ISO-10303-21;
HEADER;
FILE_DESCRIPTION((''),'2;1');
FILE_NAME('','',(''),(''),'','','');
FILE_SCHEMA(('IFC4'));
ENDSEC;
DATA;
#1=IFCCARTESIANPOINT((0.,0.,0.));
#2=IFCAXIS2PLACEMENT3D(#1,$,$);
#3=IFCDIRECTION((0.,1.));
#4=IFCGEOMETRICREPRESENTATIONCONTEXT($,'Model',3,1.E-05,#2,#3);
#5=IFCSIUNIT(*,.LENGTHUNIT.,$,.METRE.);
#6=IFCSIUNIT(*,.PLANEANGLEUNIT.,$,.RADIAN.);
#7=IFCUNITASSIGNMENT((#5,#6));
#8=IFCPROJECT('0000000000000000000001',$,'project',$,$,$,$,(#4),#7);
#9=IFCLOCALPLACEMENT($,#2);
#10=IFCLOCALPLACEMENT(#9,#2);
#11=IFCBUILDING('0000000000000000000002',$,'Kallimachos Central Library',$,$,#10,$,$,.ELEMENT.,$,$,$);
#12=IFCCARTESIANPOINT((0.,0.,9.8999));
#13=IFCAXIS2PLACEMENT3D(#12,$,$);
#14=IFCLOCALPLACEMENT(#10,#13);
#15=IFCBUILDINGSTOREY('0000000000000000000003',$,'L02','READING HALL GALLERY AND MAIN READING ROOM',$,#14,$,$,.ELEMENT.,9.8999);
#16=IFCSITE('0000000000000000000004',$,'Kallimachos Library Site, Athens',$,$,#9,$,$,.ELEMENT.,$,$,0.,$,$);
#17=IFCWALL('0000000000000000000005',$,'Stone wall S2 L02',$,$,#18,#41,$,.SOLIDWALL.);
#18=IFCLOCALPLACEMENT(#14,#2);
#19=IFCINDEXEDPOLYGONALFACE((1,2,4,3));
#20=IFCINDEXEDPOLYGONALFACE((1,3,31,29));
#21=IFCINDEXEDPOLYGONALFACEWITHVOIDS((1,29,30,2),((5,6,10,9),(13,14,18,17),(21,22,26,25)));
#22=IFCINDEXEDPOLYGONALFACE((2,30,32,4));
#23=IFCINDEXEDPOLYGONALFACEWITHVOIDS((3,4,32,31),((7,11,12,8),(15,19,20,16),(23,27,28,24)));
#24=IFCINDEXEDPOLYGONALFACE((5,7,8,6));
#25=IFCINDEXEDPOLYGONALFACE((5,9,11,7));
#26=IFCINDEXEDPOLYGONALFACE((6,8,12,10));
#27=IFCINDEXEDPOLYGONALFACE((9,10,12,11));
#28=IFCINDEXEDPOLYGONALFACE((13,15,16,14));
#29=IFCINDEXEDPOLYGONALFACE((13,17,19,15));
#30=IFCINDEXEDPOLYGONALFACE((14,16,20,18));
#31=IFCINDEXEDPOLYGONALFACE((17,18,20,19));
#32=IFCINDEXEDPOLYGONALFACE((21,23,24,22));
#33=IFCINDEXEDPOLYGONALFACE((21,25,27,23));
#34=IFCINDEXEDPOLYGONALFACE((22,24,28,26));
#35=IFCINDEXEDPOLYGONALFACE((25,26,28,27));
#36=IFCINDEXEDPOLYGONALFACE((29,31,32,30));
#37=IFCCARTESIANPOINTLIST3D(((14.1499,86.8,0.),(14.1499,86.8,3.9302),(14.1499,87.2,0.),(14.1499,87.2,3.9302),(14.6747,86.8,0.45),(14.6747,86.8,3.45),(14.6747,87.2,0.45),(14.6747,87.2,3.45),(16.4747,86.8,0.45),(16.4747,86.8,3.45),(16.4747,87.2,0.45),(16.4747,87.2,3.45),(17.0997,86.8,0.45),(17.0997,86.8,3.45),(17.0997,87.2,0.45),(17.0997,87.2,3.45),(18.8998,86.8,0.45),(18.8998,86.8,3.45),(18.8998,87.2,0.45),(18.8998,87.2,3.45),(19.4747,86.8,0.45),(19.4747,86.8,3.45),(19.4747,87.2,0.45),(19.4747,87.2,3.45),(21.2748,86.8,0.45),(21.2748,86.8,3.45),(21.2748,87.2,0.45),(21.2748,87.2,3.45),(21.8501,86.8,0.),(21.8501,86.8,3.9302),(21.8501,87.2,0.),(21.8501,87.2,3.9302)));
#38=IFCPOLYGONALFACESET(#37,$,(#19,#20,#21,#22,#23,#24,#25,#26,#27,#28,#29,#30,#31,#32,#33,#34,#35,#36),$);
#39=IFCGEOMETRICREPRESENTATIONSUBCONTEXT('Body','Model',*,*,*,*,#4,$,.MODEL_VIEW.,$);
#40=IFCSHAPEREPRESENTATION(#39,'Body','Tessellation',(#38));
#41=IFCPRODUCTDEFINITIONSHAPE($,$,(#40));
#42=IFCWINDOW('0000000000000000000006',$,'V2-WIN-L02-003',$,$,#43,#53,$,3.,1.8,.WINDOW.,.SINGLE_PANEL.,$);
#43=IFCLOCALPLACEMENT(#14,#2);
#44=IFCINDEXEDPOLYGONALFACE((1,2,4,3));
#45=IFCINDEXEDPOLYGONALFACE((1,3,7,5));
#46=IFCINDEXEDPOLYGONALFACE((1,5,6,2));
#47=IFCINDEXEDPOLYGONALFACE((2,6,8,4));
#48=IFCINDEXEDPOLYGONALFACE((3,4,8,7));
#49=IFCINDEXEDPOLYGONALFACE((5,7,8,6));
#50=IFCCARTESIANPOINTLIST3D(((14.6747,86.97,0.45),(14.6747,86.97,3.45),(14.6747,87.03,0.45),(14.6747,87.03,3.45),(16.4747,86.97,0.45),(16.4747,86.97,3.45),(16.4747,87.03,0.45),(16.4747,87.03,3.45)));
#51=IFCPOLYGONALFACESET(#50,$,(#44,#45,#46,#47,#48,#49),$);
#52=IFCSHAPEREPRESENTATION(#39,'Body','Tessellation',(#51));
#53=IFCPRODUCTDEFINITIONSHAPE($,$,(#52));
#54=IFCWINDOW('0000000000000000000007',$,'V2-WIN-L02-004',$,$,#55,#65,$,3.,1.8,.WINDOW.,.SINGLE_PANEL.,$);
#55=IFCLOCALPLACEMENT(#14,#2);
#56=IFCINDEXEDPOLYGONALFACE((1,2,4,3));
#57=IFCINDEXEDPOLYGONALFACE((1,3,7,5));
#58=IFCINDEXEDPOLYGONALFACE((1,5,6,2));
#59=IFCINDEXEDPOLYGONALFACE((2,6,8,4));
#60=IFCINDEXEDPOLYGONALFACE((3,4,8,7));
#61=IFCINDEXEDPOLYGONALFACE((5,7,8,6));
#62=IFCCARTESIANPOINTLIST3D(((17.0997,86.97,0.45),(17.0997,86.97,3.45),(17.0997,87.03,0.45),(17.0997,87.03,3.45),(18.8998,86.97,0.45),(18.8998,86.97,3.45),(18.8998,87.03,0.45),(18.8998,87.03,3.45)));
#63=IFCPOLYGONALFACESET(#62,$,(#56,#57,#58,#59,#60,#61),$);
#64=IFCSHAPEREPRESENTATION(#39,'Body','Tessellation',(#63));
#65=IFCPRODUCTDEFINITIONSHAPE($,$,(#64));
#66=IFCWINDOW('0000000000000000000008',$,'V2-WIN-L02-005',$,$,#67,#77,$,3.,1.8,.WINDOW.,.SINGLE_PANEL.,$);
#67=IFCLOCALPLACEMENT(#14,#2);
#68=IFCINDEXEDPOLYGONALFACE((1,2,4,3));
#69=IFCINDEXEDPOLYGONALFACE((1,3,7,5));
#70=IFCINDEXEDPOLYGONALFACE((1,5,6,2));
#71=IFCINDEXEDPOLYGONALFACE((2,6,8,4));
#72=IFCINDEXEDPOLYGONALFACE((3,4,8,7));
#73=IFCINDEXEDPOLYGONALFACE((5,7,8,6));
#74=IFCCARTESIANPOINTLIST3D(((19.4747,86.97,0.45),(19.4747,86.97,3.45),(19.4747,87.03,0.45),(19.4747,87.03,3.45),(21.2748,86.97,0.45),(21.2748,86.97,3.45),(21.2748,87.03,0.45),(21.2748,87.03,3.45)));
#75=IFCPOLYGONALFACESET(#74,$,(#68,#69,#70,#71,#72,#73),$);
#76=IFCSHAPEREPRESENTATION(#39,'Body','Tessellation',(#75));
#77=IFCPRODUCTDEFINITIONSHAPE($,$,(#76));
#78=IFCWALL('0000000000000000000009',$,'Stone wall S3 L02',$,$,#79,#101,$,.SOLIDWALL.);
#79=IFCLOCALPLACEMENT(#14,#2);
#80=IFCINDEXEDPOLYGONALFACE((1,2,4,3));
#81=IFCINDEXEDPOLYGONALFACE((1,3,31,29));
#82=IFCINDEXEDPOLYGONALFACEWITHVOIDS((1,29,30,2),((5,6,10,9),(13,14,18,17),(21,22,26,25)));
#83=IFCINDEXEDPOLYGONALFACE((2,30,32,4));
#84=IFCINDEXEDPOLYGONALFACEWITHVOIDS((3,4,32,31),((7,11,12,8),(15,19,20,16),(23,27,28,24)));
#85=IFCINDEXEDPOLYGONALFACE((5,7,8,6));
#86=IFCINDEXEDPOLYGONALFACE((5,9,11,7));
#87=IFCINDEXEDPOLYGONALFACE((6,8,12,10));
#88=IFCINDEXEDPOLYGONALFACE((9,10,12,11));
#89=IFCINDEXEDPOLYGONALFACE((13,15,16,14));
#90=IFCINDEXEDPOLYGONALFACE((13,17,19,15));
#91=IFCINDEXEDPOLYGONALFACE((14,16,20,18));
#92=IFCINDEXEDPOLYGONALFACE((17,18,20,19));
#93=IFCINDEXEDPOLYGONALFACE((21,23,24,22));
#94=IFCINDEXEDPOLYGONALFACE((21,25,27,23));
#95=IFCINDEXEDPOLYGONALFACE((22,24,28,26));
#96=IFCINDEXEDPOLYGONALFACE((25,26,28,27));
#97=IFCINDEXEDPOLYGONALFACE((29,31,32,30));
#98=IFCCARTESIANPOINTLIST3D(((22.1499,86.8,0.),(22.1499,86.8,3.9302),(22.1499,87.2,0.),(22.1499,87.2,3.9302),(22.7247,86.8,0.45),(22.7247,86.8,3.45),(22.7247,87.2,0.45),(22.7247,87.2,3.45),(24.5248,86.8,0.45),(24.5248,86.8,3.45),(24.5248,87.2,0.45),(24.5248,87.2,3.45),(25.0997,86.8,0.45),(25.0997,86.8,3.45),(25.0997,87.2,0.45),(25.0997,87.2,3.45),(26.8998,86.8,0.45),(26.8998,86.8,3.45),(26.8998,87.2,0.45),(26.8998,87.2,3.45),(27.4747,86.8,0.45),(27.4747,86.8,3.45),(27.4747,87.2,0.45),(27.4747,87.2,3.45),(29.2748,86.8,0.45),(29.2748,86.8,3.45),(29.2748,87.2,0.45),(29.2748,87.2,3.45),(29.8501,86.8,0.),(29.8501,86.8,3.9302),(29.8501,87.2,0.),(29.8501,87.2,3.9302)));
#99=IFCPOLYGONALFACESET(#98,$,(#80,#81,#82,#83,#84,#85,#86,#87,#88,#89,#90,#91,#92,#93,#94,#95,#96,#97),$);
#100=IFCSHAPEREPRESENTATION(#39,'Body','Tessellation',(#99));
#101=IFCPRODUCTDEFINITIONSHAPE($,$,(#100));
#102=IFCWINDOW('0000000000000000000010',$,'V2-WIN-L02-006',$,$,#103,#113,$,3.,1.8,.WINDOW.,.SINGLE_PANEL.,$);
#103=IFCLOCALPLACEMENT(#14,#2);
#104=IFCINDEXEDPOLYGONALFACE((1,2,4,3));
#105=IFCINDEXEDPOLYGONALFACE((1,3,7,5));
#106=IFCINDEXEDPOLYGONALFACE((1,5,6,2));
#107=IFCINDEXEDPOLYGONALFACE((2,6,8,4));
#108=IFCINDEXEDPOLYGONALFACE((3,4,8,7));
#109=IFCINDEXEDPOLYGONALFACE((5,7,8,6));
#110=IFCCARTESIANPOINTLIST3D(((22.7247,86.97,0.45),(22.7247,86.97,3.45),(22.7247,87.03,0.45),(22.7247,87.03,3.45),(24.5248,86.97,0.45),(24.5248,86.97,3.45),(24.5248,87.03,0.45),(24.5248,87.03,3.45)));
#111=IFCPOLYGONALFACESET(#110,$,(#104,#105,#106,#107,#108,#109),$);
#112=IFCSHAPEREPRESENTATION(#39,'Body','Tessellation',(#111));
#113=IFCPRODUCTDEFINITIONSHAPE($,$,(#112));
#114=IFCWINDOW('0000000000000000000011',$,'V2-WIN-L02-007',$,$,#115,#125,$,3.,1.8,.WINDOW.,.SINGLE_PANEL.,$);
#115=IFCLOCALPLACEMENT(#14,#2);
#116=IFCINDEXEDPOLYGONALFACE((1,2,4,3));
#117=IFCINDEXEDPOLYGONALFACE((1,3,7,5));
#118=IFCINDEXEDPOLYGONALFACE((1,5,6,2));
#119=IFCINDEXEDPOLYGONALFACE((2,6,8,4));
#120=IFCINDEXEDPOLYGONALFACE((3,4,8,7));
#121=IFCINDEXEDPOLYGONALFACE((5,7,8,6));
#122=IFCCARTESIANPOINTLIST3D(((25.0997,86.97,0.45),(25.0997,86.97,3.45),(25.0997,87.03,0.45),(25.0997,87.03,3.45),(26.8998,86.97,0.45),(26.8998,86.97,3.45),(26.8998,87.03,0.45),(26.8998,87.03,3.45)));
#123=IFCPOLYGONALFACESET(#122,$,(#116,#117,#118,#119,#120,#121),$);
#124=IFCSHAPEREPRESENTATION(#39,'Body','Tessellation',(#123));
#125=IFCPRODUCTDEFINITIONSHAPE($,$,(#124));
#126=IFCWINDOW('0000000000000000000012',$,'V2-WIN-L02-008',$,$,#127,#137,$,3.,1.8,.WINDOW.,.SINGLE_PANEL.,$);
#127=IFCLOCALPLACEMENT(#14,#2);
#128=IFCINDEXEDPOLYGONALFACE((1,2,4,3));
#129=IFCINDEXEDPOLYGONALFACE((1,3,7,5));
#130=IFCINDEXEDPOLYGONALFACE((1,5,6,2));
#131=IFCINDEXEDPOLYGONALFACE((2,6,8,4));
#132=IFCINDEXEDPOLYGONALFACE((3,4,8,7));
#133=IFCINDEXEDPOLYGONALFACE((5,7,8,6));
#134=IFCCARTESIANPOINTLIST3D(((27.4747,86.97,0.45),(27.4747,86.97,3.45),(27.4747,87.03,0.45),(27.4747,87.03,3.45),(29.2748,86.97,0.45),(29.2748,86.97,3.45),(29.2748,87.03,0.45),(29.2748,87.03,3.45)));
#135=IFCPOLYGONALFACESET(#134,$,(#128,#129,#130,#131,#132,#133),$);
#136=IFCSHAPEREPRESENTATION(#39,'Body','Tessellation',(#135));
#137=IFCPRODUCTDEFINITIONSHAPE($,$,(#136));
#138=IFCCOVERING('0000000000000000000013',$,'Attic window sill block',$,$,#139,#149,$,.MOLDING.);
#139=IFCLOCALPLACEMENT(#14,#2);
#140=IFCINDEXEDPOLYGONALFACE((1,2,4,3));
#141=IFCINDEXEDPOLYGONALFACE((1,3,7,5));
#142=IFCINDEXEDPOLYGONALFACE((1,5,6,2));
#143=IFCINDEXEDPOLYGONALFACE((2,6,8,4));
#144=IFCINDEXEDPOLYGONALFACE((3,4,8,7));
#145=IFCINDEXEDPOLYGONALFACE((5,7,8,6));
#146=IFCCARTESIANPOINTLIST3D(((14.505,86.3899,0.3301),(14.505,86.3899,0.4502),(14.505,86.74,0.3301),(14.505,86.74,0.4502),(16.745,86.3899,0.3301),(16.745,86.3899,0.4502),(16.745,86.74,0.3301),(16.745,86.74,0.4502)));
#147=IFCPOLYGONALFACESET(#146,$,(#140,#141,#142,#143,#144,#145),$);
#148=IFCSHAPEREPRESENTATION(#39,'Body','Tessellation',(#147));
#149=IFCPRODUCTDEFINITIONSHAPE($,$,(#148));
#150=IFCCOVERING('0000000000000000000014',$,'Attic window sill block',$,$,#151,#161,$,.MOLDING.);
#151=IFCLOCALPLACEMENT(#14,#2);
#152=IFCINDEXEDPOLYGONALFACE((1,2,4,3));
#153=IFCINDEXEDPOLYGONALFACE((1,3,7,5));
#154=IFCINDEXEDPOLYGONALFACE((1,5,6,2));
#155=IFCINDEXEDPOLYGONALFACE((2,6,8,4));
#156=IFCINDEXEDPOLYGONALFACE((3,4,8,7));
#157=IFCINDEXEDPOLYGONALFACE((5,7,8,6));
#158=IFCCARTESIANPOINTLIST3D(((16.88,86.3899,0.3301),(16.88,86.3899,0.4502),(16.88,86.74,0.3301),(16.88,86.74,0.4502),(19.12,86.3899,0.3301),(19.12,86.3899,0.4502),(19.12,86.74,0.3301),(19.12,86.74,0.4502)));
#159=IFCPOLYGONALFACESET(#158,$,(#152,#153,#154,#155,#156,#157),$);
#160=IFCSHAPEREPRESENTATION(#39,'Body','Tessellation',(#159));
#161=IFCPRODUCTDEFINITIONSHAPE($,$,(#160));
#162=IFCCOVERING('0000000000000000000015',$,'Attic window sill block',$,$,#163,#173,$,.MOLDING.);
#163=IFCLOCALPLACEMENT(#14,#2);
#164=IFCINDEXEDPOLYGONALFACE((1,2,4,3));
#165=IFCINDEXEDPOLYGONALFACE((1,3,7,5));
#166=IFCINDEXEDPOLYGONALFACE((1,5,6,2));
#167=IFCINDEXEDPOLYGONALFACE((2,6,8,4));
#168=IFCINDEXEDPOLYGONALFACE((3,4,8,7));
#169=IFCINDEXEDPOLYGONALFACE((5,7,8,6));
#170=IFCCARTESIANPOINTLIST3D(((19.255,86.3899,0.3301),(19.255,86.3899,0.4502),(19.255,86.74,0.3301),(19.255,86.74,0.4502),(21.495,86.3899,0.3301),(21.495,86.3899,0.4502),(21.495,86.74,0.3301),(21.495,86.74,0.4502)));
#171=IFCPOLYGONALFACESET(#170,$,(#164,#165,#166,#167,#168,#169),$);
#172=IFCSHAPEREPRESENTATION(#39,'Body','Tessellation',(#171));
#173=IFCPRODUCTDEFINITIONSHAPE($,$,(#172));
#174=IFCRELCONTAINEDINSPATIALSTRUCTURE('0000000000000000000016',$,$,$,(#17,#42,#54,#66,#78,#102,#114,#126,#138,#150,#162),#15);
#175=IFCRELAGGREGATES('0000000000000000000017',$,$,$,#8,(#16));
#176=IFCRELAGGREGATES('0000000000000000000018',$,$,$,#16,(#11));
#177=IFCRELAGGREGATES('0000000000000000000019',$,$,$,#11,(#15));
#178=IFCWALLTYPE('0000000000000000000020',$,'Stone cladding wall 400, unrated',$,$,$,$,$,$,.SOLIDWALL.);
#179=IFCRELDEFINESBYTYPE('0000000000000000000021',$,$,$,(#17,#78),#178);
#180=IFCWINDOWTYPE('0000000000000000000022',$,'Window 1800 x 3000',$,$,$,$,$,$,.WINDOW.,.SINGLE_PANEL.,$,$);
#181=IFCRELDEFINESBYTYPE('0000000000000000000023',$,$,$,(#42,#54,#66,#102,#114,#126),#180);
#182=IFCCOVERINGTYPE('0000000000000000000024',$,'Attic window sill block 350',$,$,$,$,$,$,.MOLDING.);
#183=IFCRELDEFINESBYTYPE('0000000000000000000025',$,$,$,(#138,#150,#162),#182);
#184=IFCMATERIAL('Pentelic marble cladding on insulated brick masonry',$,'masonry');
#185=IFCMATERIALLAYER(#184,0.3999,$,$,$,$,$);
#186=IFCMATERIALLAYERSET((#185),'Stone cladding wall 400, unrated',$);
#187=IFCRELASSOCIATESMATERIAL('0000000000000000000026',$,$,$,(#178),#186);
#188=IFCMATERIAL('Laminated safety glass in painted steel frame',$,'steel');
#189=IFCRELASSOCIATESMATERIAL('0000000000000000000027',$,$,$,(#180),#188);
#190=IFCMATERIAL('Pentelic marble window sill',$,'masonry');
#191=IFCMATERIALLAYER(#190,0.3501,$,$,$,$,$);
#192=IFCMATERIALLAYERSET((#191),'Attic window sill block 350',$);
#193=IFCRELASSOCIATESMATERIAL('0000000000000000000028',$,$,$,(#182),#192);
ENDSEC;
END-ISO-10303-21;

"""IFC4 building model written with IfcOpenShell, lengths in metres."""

from ifc_helpers import new_model, si_unit, direction, frame, frame_2d, origin, origin_2d, place, context, subcontext, project, spatial, rectangle, extrude, material, layer, layer_set, type_object, element, fill, save


model = new_model("IFC4")

# Units and contexts
model_context = context("Model", 3, precision=1e-05, world=origin(), true_north=direction((0.0, 1.0)))
body_context = subcontext(model_context, "Body", "Model", "MODEL_VIEW")
ifc_project = project(units=[si_unit("LENGTHUNIT", "METRE"), si_unit("PLANEANGLEUNIT", "RADIAN")], contexts=[model_context])

# Site, building, storey
site_placement = place(None, origin())
site = spatial("IfcSite", under=ifc_project, at=site_placement, Name="Kallimachos Library Site, Athens", CompositionType="ELEMENT", RefElevation=0.0)
building_placement = place(site_placement, origin())
building = spatial("IfcBuilding", under=site, at=building_placement, Name="Kallimachos Central Library", CompositionType="ELEMENT")
storey_placement = place(building_placement, frame((0.0, 0.0, 9.8999)))
storey = spatial("IfcBuildingStorey", under=building, at=storey_placement, Name="L02", Description="READING HALL GALLERY AND MAIN READING ROOM", CompositionType="ELEMENT", Elevation=9.8999)

# Walls, openings, windows
ifc_material_1 = material(Name="Pentelic marble cladding on insulated brick masonry", Category="masonry")
ifc_layer_1 = layer(ifc_material_1, 0.3999)
ifc_layer_set_1 = layer_set([ifc_layer_1], Name="Stone cladding wall 400, unrated")
wall_type_1 = type_object("IfcWallType", Name="Stone cladding wall 400, unrated", PredefinedType="SOLIDWALL", material=ifc_layer_set_1)
wall_1_placement = place(storey_placement, frame((14.1499, 87.0, 0.0), z_axis=(0.0, 0.0, 1.0), x_axis=(1.0, 0.0, 0.0)))
wall_1 = element("IfcWall", 1, at=wall_1_placement, inside=storey, type_object=wall_type_1, Name="Stone wall S2 L02", PredefinedType="SOLIDWALL", context=body_context, shape_type="SweptSolid", body=[
    extrude(rectangle(XDim=7.7002, YDim=0.3999, at=frame_2d((3.8501, 0.0))), origin(), (0.0, 0.0, 1.0), 3.9302),
])
opening_1_placement = place(wall_1_placement, frame((0.5249, 0.0, 0.45)))
opening_1 = element("IfcOpeningElement", 2, at=opening_1_placement, cuts=wall_1, PredefinedType="OPENING", context=body_context, shape_type="SweptSolid", body=[
    extrude(rectangle(XDim=1.8, YDim=3.0, at=frame_2d((0.8999, 1.5))), frame((0.0, 0.21, 0.0), z_axis=(0.0, -1.0, 0.0), x_axis=(1.0, 0.0, 0.0)), (0.0, 0.0, 1.0), 0.4199),
])
opening_2_placement = place(wall_1_placement, frame((2.95, 0.0, 0.45)))
opening_2 = element("IfcOpeningElement", 3, at=opening_2_placement, cuts=wall_1, PredefinedType="OPENING", context=body_context, shape_type="SweptSolid", body=[
    extrude(rectangle(XDim=1.8, YDim=3.0, at=frame_2d((0.8999, 1.5))), frame((0.0, 0.21, 0.0), z_axis=(0.0, -1.0, 0.0), x_axis=(1.0, 0.0, 0.0)), (0.0, 0.0, 1.0), 0.4199),
])
opening_3_placement = place(wall_1_placement, frame((5.325, 0.0, 0.45)))
opening_3 = element("IfcOpeningElement", 4, at=opening_3_placement, cuts=wall_1, PredefinedType="OPENING", context=body_context, shape_type="SweptSolid", body=[
    extrude(rectangle(XDim=1.8, YDim=3.0, at=frame_2d((0.8999, 1.5))), frame((0.0, 0.21, 0.0), z_axis=(0.0, -1.0, 0.0), x_axis=(1.0, 0.0, 0.0)), (0.0, 0.0, 1.0), 0.4199),
])
ifc_material_2 = material(Name="Laminated safety glass in painted steel frame", Category="steel")
window_type = type_object("IfcWindowType", Name="Window 1800 x 3000", PartitioningType="SINGLE_PANEL", PredefinedType="WINDOW", material=ifc_material_2)
window_1_placement = place(opening_1_placement, origin())
window_1 = element("IfcWindow", 5, at=window_1_placement, inside=storey, type_object=window_type, Name="V2-WIN-L02-003", OverallHeight=3.0, OverallWidth=1.8, PartitioningType="SINGLE_PANEL", PredefinedType="WINDOW", context=body_context, shape_type="SweptSolid", body=[
    extrude(rectangle(XDim=1.8, YDim=3.0, at=frame_2d((0.8999, 1.5))), frame((0.0, 0.03, 0.0), z_axis=(0.0, -1.0, 0.0), x_axis=(1.0, 0.0, 0.0)), (0.0, 0.0, 1.0), 0.0601),
])
fill(opening_1, window_1)
window_2_placement = place(opening_2_placement, origin())
window_2 = element("IfcWindow", 6, at=window_2_placement, inside=storey, type_object=window_type, Name="V2-WIN-L02-004", OverallHeight=3.0, OverallWidth=1.8, PartitioningType="SINGLE_PANEL", PredefinedType="WINDOW", context=body_context, shape_type="SweptSolid", body=[
    extrude(rectangle(XDim=1.8, YDim=3.0, at=frame_2d((0.8999, 1.5))), frame((0.0, 0.03, 0.0), z_axis=(0.0, -1.0, 0.0), x_axis=(1.0, 0.0, 0.0)), (0.0, 0.0, 1.0), 0.0601),
])
fill(opening_2, window_2)
window_3_placement = place(opening_3_placement, origin())
window_3 = element("IfcWindow", 7, at=window_3_placement, inside=storey, type_object=window_type, Name="V2-WIN-L02-005", OverallHeight=3.0, OverallWidth=1.8, PartitioningType="SINGLE_PANEL", PredefinedType="WINDOW", context=body_context, shape_type="SweptSolid", body=[
    extrude(rectangle(XDim=1.8, YDim=3.0, at=frame_2d((0.8999, 1.5))), frame((0.0, 0.03, 0.0), z_axis=(0.0, -1.0, 0.0), x_axis=(1.0, 0.0, 0.0)), (0.0, 0.0, 1.0), 0.0601),
])
fill(opening_3, window_3)
wall_2_placement = place(storey_placement, frame((22.1499, 87.0, 0.0), z_axis=(0.0, 0.0, 1.0), x_axis=(1.0, 0.0, 0.0)))
wall_2 = element("IfcWall", 8, at=wall_2_placement, inside=storey, type_object=wall_type_1, Name="Stone wall S3 L02", PredefinedType="SOLIDWALL", context=body_context, shape_type="SweptSolid", body=[
    extrude(rectangle(XDim=7.7002, YDim=0.3999, at=frame_2d((3.8501, 0.0))), origin(), (0.0, 0.0, 1.0), 3.9302),
])
opening_4_placement = place(wall_2_placement, frame((0.575, 0.0, 0.45)))
opening_4 = element("IfcOpeningElement", 9, at=opening_4_placement, cuts=wall_2, PredefinedType="OPENING", context=body_context, shape_type="SweptSolid", body=[
    extrude(rectangle(XDim=1.8, YDim=3.0, at=frame_2d((0.8999, 1.5))), frame((0.0, 0.21, 0.0), z_axis=(0.0, -1.0, 0.0), x_axis=(1.0, 0.0, 0.0)), (0.0, 0.0, 1.0), 0.4199),
])
opening_5_placement = place(wall_2_placement, frame((2.95, 0.0, 0.45)))
opening_5 = element("IfcOpeningElement", 10, at=opening_5_placement, cuts=wall_2, PredefinedType="OPENING", context=body_context, shape_type="SweptSolid", body=[
    extrude(rectangle(XDim=1.8, YDim=3.0, at=frame_2d((0.8999, 1.5))), frame((0.0, 0.21, 0.0), z_axis=(0.0, -1.0, 0.0), x_axis=(1.0, 0.0, 0.0)), (0.0, 0.0, 1.0), 0.4199),
])
opening_6_placement = place(wall_2_placement, frame((5.325, 0.0, 0.45)))
opening_6 = element("IfcOpeningElement", 11, at=opening_6_placement, cuts=wall_2, PredefinedType="OPENING", context=body_context, shape_type="SweptSolid", body=[
    extrude(rectangle(XDim=1.8, YDim=3.0, at=frame_2d((0.8999, 1.5))), frame((0.0, 0.21, 0.0), z_axis=(0.0, -1.0, 0.0), x_axis=(1.0, 0.0, 0.0)), (0.0, 0.0, 1.0), 0.4199),
])
window_4_placement = place(opening_4_placement, origin())
window_4 = element("IfcWindow", 12, at=window_4_placement, inside=storey, type_object=window_type, Name="V2-WIN-L02-006", OverallHeight=3.0, OverallWidth=1.8, PartitioningType="SINGLE_PANEL", PredefinedType="WINDOW", context=body_context, shape_type="SweptSolid", body=[
    extrude(rectangle(XDim=1.8, YDim=3.0, at=frame_2d((0.8999, 1.5))), frame((0.0, 0.03, 0.0), z_axis=(0.0, -1.0, 0.0), x_axis=(1.0, 0.0, 0.0)), (0.0, 0.0, 1.0), 0.0601),
])
fill(opening_4, window_4)
window_5_placement = place(opening_5_placement, origin())
window_5 = element("IfcWindow", 13, at=window_5_placement, inside=storey, type_object=window_type, Name="V2-WIN-L02-007", OverallHeight=3.0, OverallWidth=1.8, PartitioningType="SINGLE_PANEL", PredefinedType="WINDOW", context=body_context, shape_type="SweptSolid", body=[
    extrude(rectangle(XDim=1.8, YDim=3.0, at=frame_2d((0.8999, 1.5))), frame((0.0, 0.03, 0.0), z_axis=(0.0, -1.0, 0.0), x_axis=(1.0, 0.0, 0.0)), (0.0, 0.0, 1.0), 0.0601),
])
fill(opening_5, window_5)
window_6_placement = place(opening_6_placement, origin())
window_6 = element("IfcWindow", 14, at=window_6_placement, inside=storey, type_object=window_type, Name="V2-WIN-L02-008", OverallHeight=3.0, OverallWidth=1.8, PartitioningType="SINGLE_PANEL", PredefinedType="WINDOW", context=body_context, shape_type="SweptSolid", body=[
    extrude(rectangle(XDim=1.8, YDim=3.0, at=frame_2d((0.8999, 1.5))), frame((0.0, 0.03, 0.0), z_axis=(0.0, -1.0, 0.0), x_axis=(1.0, 0.0, 0.0)), (0.0, 0.0, 1.0), 0.0601),
])
fill(opening_6, window_6)

# Coverings
ifc_material_3 = material(Name="Pentelic marble window sill", Category="masonry")
ifc_layer_2 = layer(ifc_material_3, 0.3501)
ifc_layer_set_2 = layer_set([ifc_layer_2], Name="Attic window sill block 350")
covering_type_1 = type_object("IfcCoveringType", Name="Attic window sill block 350", PredefinedType="MOLDING", material=ifc_layer_set_2)
for number, where, z_axis, x_axis, name in (
    (15, (15.625, 86.5649, 0.3301), (0.0, 0.0, 1.0), (1.0, 0.0, 0.0), "Attic window sill block"),
    (16, (18.0, 86.5649, 0.3301), (0.0, 0.0, 1.0), (1.0, 0.0, 0.0), "Attic window sill block"),
    (17, (20.375, 86.5649, 0.3301), (0.0, 0.0, 1.0), (1.0, 0.0, 0.0), "Attic window sill block"),
):
    element("IfcCovering", number, at=place(storey_placement, frame(where, z_axis=z_axis, x_axis=x_axis)), inside=storey, type_object=covering_type_1, Name=name, PredefinedType="MOLDING", context=body_context, shape_type="SweptSolid", body=[
        extrude(rectangle(XDim=2.24, YDim=0.3501, at=origin_2d()), origin(), (0.0, 0.0, 1.0), 0.1201),
    ])

save(model, "model.ifc")
